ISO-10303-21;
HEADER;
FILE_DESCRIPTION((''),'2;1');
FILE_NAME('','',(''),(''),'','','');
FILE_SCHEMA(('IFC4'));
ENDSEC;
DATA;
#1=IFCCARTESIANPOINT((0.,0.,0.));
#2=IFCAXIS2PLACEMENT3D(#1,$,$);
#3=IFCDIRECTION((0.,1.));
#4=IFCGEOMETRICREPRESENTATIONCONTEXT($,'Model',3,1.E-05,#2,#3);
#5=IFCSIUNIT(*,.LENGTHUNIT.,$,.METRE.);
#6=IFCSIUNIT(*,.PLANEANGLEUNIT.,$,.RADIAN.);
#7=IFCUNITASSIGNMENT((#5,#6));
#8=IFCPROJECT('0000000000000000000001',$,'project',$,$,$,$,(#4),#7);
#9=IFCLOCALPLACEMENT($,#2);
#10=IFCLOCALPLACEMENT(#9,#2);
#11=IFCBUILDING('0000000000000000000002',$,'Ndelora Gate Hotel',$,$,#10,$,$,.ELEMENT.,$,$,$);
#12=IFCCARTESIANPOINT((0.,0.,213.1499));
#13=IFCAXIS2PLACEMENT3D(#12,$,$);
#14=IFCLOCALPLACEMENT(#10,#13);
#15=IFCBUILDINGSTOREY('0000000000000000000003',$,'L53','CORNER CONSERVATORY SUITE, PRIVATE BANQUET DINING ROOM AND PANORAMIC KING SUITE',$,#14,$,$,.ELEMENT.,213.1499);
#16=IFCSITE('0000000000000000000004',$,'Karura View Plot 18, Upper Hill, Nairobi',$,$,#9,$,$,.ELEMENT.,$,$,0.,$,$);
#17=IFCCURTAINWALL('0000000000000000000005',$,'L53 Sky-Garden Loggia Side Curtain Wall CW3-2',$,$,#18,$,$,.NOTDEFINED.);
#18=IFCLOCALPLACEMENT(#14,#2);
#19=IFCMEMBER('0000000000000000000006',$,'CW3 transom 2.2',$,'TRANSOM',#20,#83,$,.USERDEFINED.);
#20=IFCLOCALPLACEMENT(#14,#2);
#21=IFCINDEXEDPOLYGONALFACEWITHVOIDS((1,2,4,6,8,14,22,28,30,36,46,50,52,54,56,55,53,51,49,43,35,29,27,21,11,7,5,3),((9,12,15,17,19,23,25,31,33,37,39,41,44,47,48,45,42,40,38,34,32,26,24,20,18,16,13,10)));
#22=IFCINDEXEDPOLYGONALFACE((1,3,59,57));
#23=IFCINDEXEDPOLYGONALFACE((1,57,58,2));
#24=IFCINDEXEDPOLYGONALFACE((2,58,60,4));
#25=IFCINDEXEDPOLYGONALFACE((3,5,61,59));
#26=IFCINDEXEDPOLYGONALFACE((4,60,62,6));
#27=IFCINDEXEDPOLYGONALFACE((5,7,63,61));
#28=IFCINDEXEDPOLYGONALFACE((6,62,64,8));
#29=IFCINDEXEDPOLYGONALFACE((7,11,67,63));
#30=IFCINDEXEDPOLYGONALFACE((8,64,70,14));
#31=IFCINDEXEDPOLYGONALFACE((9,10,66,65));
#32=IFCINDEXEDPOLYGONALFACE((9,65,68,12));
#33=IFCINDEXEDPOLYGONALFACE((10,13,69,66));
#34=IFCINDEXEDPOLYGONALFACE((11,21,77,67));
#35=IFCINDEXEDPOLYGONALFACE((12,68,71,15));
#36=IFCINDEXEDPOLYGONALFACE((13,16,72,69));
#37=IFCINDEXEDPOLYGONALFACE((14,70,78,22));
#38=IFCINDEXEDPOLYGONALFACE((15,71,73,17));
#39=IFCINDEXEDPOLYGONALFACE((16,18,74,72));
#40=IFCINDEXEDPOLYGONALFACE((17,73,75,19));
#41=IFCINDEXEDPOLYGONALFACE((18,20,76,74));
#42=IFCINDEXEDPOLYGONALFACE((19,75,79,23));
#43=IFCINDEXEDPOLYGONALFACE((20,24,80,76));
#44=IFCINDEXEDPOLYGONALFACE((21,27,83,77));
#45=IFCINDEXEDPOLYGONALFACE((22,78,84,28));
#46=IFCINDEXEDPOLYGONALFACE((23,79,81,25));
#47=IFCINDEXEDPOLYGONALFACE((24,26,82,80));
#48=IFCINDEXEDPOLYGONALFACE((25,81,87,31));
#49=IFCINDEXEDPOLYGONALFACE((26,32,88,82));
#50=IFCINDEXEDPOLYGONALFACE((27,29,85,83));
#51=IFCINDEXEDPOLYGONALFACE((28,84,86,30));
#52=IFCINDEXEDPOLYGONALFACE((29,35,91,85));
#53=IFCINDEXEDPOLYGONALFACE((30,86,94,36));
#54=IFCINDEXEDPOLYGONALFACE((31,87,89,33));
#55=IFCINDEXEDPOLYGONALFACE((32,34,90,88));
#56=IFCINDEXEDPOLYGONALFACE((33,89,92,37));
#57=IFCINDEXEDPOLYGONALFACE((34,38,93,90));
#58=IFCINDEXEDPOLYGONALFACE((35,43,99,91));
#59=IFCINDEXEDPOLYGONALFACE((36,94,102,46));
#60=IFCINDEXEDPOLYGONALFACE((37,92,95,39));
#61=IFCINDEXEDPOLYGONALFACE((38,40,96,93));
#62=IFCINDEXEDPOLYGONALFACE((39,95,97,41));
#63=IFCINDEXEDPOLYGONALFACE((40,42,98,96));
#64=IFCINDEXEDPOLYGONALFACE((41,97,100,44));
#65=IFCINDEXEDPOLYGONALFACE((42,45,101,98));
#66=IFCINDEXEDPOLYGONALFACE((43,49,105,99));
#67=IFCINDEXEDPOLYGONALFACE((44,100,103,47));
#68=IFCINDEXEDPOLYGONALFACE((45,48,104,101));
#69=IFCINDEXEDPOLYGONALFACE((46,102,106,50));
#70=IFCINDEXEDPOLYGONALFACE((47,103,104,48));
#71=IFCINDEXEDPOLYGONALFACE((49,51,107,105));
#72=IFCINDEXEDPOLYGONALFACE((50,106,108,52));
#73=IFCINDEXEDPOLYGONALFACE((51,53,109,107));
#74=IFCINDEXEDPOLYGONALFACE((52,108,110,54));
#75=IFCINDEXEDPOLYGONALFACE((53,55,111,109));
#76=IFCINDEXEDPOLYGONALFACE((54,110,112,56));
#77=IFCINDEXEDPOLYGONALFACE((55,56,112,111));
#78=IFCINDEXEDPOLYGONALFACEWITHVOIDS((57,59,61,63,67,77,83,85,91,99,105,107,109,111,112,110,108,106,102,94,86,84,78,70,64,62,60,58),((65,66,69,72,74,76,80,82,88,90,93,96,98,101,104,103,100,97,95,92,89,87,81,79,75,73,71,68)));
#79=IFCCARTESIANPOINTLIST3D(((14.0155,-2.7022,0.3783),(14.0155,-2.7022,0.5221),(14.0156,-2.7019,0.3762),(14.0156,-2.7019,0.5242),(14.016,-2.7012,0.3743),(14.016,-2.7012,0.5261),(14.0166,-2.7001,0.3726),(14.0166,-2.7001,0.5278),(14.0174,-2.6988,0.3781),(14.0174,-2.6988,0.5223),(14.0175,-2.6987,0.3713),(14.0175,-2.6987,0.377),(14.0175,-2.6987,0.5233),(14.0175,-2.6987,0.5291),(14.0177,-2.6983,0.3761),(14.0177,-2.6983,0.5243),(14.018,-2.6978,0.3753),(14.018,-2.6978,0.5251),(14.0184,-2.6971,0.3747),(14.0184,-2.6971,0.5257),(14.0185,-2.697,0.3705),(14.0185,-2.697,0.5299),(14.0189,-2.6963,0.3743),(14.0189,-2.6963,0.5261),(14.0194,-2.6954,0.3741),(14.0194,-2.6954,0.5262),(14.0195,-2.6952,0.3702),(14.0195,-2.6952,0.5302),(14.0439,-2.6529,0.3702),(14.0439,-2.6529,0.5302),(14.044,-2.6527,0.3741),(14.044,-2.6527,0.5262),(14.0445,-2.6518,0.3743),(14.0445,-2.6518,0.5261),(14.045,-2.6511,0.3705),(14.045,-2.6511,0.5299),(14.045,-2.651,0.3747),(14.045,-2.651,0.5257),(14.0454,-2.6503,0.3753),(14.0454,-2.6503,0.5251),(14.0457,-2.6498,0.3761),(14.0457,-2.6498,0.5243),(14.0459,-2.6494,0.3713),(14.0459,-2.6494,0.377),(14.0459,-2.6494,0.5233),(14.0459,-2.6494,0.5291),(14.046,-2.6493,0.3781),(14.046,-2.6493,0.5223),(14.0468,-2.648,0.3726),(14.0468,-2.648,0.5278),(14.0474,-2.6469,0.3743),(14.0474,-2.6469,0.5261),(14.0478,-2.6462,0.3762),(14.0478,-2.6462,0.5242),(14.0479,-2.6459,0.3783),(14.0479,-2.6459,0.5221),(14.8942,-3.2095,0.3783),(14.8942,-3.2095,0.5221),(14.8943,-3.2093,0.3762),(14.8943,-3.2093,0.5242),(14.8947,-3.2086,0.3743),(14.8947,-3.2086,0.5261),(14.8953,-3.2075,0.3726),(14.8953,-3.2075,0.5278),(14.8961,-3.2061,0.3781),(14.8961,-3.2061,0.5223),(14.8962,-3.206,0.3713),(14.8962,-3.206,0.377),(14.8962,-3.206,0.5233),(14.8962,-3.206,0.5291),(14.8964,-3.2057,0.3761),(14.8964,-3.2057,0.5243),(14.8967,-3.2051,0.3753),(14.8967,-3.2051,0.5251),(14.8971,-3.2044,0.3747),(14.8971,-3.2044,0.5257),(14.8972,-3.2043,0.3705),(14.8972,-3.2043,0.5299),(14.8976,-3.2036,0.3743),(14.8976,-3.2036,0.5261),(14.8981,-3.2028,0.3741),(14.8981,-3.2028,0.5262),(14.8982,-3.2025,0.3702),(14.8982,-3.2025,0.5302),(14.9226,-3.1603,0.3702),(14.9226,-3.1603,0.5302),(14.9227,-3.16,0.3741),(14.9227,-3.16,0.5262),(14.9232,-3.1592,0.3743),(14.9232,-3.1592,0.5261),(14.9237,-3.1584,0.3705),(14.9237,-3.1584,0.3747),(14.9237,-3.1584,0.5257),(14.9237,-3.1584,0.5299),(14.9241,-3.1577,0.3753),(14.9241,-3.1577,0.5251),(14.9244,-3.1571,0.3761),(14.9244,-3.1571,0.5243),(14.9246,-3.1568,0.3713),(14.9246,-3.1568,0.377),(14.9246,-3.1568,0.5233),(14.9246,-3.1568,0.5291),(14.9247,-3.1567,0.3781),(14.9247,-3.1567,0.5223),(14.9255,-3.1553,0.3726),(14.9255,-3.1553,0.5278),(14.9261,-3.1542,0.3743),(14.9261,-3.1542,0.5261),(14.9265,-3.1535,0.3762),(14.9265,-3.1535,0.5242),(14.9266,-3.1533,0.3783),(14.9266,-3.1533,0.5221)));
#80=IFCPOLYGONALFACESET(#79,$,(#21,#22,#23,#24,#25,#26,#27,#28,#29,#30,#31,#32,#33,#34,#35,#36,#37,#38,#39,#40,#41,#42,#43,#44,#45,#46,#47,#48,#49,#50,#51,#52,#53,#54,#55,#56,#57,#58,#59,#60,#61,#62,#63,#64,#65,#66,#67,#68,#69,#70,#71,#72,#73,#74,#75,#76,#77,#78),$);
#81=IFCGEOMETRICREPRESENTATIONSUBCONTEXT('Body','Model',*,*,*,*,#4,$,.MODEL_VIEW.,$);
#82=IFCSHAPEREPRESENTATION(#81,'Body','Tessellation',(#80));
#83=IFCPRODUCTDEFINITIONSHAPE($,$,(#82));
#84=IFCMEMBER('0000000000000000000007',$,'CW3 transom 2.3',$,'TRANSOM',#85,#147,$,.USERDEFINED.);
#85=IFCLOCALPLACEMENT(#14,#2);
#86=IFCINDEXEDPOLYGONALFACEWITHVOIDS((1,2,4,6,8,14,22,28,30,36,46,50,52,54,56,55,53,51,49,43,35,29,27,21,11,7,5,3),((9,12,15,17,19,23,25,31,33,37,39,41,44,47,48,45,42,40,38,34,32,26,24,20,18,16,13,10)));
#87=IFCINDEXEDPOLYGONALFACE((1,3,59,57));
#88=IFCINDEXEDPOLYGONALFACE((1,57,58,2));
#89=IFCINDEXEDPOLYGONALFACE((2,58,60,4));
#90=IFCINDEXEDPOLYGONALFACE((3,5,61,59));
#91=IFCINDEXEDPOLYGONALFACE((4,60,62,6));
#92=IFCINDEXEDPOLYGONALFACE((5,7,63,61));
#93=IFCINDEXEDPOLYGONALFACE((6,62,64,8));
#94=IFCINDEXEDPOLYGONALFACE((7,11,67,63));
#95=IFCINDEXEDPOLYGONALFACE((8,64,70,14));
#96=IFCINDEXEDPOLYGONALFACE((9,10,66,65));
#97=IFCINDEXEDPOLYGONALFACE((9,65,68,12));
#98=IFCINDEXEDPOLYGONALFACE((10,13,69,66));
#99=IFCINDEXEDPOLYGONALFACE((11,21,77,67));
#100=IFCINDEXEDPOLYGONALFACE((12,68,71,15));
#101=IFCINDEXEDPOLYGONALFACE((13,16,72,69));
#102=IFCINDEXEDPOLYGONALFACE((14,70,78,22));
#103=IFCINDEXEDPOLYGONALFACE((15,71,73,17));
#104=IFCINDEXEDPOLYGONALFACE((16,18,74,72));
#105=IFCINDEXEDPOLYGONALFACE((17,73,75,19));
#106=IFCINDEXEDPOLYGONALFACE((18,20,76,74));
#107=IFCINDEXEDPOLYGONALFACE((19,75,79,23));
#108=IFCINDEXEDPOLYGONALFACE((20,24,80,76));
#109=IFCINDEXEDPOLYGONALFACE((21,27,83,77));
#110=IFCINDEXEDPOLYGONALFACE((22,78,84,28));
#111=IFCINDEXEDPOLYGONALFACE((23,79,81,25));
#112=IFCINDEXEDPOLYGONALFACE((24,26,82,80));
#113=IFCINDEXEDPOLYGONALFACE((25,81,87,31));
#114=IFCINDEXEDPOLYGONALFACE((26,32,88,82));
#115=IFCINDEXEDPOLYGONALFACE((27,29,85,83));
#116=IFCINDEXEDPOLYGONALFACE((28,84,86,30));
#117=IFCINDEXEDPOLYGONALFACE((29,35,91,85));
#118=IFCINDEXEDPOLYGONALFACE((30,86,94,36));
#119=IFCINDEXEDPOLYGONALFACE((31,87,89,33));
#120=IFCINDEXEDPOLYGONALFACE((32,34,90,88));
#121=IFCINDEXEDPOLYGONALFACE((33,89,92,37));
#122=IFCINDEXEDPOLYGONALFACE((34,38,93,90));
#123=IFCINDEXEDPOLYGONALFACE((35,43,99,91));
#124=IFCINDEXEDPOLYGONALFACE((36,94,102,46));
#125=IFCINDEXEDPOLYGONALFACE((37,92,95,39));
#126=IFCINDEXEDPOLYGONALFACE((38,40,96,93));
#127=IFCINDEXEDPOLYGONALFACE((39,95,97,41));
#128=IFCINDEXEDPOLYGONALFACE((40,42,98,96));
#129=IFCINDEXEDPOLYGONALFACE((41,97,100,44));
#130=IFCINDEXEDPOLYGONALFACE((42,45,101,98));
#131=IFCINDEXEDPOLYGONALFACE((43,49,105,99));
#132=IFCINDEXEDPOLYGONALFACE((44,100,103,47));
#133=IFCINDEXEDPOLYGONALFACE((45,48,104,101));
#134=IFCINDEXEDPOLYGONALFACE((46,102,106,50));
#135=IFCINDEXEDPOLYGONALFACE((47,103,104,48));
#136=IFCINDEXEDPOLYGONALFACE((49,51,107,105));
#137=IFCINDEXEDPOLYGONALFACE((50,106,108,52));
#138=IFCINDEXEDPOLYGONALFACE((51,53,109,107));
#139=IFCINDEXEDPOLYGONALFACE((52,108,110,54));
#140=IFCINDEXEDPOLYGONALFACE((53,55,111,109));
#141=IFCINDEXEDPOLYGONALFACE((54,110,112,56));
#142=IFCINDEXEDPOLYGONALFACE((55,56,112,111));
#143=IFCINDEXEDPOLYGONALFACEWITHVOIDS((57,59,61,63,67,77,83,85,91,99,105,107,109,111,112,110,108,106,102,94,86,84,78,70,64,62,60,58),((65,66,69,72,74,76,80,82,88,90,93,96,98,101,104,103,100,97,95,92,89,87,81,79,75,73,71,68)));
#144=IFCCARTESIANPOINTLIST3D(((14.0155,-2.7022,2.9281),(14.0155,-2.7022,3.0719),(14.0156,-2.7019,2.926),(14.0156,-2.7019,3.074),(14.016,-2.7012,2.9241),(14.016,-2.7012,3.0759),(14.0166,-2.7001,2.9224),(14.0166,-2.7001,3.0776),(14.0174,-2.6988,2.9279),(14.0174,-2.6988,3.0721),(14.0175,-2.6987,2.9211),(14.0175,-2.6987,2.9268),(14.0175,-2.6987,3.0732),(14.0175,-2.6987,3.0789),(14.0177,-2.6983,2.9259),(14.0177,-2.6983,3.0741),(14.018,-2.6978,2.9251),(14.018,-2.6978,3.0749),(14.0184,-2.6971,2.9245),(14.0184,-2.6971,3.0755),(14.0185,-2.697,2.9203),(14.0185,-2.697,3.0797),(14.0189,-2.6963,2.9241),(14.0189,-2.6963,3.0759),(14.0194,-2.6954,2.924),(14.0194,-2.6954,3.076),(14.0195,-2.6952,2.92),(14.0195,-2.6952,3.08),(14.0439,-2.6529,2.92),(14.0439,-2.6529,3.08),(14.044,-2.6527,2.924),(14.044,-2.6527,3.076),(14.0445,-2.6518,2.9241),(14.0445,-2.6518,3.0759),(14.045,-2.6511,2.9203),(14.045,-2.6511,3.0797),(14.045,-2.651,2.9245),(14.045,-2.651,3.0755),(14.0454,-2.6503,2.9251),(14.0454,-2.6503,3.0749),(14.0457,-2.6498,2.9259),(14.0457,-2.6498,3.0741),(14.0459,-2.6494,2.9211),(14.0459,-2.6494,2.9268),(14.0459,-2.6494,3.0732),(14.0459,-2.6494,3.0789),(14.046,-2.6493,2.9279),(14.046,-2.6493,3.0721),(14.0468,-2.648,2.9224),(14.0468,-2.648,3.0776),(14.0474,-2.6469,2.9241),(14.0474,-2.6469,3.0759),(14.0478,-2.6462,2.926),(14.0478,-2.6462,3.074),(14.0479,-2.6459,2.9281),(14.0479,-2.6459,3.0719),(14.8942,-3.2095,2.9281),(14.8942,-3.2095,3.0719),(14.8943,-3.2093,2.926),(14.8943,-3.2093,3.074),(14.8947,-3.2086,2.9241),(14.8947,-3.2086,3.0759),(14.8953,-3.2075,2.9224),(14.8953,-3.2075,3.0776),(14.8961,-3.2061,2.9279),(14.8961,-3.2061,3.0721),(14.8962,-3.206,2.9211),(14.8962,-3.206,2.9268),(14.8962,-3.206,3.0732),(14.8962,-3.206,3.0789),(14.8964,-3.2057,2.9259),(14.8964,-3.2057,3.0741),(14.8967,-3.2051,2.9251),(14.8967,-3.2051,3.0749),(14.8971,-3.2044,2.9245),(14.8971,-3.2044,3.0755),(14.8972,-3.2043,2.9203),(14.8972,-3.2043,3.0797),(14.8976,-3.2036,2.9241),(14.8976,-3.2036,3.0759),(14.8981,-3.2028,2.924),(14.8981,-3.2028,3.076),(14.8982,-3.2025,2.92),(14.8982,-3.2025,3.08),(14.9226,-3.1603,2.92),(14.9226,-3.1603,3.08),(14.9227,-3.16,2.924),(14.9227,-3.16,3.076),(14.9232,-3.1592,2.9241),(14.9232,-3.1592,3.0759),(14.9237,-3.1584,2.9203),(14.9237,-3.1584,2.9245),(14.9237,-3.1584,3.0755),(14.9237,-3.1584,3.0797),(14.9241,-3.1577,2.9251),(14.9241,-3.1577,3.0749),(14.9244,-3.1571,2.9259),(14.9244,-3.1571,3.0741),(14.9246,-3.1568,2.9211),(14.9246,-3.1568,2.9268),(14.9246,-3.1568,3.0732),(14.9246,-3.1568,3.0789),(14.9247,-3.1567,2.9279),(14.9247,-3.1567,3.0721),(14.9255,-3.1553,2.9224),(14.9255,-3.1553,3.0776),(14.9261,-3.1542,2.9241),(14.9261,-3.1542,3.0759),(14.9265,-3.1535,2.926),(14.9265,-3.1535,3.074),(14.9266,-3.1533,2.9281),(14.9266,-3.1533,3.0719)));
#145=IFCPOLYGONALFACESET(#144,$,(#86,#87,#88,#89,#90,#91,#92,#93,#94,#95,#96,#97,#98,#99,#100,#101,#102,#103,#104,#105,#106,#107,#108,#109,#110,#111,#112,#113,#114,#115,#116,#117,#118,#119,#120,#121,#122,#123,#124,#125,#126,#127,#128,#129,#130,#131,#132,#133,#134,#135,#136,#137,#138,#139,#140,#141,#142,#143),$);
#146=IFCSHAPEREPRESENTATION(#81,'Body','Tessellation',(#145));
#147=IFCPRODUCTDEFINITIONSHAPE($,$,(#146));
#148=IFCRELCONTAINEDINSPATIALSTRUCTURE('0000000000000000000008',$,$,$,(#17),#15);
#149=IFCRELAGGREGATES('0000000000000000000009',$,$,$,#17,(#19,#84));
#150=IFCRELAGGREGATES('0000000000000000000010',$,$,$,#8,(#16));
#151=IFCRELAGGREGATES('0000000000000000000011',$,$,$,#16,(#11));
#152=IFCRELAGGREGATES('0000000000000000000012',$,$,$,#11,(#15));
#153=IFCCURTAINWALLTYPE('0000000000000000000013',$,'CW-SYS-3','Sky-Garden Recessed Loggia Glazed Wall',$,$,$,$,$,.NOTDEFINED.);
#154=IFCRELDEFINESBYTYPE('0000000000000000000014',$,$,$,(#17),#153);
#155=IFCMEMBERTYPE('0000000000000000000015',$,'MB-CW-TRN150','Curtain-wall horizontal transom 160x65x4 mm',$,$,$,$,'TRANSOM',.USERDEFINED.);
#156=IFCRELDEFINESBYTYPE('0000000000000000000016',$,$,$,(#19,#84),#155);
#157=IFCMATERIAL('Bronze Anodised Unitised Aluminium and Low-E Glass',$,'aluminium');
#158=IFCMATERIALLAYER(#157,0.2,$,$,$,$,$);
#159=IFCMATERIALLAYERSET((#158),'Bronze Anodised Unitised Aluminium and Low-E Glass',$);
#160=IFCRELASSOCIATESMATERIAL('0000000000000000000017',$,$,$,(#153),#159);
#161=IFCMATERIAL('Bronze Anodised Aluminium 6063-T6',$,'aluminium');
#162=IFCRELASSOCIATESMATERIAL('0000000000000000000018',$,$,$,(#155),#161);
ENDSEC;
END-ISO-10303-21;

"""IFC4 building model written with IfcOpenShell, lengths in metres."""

from ifc_helpers import new_model, si_unit, direction, frame, origin, origin_2d, place, context, subcontext, project, spatial, hollow_rectangle, extrude, material, layer, layer_set, material_profile, profile_set, type_object, element, aggregate, save


model = new_model("IFC4")

# Units and contexts
model_context = context("Model", 3, precision=1e-05, world=origin(), true_north=direction((0.0, 1.0)))
body_context = subcontext(model_context, "Body", "Model", "MODEL_VIEW")
ifc_project = project(units=[si_unit("LENGTHUNIT", "METRE"), si_unit("PLANEANGLEUNIT", "RADIAN")], contexts=[model_context])

# Site, building, storey
site_placement = place(None, origin())
site = spatial("IfcSite", under=ifc_project, at=site_placement, Name="Karura View Plot 18, Upper Hill, Nairobi", CompositionType="ELEMENT", RefElevation=0.0)
building_placement = place(site_placement, origin())
building = spatial("IfcBuilding", under=site, at=building_placement, Name="Ndelora Gate Hotel", CompositionType="ELEMENT")
storey_placement = place(building_placement, frame((0.0, 0.0, 213.1499)))
storey = spatial("IfcBuildingStorey", under=building, at=storey_placement, Name="L53", Description="CORNER CONSERVATORY SUITE, PRIVATE BANQUET DINING ROOM AND PANORAMIC KING SUITE", CompositionType="ELEMENT", Elevation=213.1499)

# Curtain wall, members
ifc_material_1 = material(Name="Bronze Anodised Unitised Aluminium and Low-E Glass", Category="aluminium")
ifc_layer_1 = layer(ifc_material_1, 0.2)
ifc_layer_set_1 = layer_set([ifc_layer_1], Name="Bronze Anodised Unitised Aluminium and Low-E Glass")
curtain_wall_type = type_object("IfcCurtainWallType", Name="CW-SYS-3", Description="Sky-Garden Recessed Loggia Glazed Wall", PredefinedType="NOTDEFINED", material=ifc_layer_set_1)
curtain_wall_placement = place(storey_placement, origin())
curtain_wall = element("IfcCurtainWall", 1, at=curtain_wall_placement, inside=storey, type_object=curtain_wall_type, Name="L53 Sky-Garden Loggia Side Curtain Wall CW3-2", PredefinedType="NOTDEFINED")
ifc_material_2 = material(Name="Bronze Anodised Aluminium 6063-T6", Category="aluminium")
ifc_material_profile_1 = material_profile(ifc_material_2, hollow_rectangle(XDim=0.0649, YDim=0.1599, WallThickness=0.0039, InnerFilletRadius=0.0039, OuterFilletRadius=0.0081, at=origin_2d()), Name="ALU 160x65x4")
ifc_profile_set_1 = profile_set([ifc_material_profile_1], Name="Bronze Anodised Aluminium 6063-T6")
member_type_1 = type_object("IfcMemberType", Name="MB-CW-TRN150", Description="Curtain-wall horizontal transom 160x65x4 mm", ElementType="TRANSOM", PredefinedType="USERDEFINED", material=ifc_profile_set_1)
member_1_placement = place(storey_placement, frame((14.9104, -3.1814, 0.4502), z_axis=(-0.866013, 0.500021, 0.0), x_axis=(-0.500021, -0.866013, 0.0)))
member_1 = element("IfcMember", 2, at=member_1_placement, type_object=member_type_1, Name="CW3 transom 2.2", ObjectType="TRANSOM", PredefinedType="USERDEFINED", context=body_context, shape_type="SweptSolid", body=[
    extrude(hollow_rectangle(XDim=0.0649, YDim=0.1599, WallThickness=0.0039, InnerFilletRadius=0.0039, OuterFilletRadius=0.0081, at=origin_2d()), origin(), (0.0, 0.0, 1.0), 1.0146),
])
member_2_placement = place(storey_placement, frame((14.9104, -3.1814, 3.0), z_axis=(-0.866013, 0.500021, 0.0), x_axis=(-0.500021, -0.866013, 0.0)))
member_2 = element("IfcMember", 3, at=member_2_placement, type_object=member_type_1, Name="CW3 transom 2.3", ObjectType="TRANSOM", PredefinedType="USERDEFINED", context=body_context, shape_type="SweptSolid", body=[
    extrude(hollow_rectangle(XDim=0.0649, YDim=0.1599, WallThickness=0.0039, InnerFilletRadius=0.0039, OuterFilletRadius=0.0081, at=origin_2d()), origin(), (0.0, 0.0, 1.0), 1.0146),
])
aggregate(curtain_wall, [member_1, member_2])

save(model, "model.ifc")
